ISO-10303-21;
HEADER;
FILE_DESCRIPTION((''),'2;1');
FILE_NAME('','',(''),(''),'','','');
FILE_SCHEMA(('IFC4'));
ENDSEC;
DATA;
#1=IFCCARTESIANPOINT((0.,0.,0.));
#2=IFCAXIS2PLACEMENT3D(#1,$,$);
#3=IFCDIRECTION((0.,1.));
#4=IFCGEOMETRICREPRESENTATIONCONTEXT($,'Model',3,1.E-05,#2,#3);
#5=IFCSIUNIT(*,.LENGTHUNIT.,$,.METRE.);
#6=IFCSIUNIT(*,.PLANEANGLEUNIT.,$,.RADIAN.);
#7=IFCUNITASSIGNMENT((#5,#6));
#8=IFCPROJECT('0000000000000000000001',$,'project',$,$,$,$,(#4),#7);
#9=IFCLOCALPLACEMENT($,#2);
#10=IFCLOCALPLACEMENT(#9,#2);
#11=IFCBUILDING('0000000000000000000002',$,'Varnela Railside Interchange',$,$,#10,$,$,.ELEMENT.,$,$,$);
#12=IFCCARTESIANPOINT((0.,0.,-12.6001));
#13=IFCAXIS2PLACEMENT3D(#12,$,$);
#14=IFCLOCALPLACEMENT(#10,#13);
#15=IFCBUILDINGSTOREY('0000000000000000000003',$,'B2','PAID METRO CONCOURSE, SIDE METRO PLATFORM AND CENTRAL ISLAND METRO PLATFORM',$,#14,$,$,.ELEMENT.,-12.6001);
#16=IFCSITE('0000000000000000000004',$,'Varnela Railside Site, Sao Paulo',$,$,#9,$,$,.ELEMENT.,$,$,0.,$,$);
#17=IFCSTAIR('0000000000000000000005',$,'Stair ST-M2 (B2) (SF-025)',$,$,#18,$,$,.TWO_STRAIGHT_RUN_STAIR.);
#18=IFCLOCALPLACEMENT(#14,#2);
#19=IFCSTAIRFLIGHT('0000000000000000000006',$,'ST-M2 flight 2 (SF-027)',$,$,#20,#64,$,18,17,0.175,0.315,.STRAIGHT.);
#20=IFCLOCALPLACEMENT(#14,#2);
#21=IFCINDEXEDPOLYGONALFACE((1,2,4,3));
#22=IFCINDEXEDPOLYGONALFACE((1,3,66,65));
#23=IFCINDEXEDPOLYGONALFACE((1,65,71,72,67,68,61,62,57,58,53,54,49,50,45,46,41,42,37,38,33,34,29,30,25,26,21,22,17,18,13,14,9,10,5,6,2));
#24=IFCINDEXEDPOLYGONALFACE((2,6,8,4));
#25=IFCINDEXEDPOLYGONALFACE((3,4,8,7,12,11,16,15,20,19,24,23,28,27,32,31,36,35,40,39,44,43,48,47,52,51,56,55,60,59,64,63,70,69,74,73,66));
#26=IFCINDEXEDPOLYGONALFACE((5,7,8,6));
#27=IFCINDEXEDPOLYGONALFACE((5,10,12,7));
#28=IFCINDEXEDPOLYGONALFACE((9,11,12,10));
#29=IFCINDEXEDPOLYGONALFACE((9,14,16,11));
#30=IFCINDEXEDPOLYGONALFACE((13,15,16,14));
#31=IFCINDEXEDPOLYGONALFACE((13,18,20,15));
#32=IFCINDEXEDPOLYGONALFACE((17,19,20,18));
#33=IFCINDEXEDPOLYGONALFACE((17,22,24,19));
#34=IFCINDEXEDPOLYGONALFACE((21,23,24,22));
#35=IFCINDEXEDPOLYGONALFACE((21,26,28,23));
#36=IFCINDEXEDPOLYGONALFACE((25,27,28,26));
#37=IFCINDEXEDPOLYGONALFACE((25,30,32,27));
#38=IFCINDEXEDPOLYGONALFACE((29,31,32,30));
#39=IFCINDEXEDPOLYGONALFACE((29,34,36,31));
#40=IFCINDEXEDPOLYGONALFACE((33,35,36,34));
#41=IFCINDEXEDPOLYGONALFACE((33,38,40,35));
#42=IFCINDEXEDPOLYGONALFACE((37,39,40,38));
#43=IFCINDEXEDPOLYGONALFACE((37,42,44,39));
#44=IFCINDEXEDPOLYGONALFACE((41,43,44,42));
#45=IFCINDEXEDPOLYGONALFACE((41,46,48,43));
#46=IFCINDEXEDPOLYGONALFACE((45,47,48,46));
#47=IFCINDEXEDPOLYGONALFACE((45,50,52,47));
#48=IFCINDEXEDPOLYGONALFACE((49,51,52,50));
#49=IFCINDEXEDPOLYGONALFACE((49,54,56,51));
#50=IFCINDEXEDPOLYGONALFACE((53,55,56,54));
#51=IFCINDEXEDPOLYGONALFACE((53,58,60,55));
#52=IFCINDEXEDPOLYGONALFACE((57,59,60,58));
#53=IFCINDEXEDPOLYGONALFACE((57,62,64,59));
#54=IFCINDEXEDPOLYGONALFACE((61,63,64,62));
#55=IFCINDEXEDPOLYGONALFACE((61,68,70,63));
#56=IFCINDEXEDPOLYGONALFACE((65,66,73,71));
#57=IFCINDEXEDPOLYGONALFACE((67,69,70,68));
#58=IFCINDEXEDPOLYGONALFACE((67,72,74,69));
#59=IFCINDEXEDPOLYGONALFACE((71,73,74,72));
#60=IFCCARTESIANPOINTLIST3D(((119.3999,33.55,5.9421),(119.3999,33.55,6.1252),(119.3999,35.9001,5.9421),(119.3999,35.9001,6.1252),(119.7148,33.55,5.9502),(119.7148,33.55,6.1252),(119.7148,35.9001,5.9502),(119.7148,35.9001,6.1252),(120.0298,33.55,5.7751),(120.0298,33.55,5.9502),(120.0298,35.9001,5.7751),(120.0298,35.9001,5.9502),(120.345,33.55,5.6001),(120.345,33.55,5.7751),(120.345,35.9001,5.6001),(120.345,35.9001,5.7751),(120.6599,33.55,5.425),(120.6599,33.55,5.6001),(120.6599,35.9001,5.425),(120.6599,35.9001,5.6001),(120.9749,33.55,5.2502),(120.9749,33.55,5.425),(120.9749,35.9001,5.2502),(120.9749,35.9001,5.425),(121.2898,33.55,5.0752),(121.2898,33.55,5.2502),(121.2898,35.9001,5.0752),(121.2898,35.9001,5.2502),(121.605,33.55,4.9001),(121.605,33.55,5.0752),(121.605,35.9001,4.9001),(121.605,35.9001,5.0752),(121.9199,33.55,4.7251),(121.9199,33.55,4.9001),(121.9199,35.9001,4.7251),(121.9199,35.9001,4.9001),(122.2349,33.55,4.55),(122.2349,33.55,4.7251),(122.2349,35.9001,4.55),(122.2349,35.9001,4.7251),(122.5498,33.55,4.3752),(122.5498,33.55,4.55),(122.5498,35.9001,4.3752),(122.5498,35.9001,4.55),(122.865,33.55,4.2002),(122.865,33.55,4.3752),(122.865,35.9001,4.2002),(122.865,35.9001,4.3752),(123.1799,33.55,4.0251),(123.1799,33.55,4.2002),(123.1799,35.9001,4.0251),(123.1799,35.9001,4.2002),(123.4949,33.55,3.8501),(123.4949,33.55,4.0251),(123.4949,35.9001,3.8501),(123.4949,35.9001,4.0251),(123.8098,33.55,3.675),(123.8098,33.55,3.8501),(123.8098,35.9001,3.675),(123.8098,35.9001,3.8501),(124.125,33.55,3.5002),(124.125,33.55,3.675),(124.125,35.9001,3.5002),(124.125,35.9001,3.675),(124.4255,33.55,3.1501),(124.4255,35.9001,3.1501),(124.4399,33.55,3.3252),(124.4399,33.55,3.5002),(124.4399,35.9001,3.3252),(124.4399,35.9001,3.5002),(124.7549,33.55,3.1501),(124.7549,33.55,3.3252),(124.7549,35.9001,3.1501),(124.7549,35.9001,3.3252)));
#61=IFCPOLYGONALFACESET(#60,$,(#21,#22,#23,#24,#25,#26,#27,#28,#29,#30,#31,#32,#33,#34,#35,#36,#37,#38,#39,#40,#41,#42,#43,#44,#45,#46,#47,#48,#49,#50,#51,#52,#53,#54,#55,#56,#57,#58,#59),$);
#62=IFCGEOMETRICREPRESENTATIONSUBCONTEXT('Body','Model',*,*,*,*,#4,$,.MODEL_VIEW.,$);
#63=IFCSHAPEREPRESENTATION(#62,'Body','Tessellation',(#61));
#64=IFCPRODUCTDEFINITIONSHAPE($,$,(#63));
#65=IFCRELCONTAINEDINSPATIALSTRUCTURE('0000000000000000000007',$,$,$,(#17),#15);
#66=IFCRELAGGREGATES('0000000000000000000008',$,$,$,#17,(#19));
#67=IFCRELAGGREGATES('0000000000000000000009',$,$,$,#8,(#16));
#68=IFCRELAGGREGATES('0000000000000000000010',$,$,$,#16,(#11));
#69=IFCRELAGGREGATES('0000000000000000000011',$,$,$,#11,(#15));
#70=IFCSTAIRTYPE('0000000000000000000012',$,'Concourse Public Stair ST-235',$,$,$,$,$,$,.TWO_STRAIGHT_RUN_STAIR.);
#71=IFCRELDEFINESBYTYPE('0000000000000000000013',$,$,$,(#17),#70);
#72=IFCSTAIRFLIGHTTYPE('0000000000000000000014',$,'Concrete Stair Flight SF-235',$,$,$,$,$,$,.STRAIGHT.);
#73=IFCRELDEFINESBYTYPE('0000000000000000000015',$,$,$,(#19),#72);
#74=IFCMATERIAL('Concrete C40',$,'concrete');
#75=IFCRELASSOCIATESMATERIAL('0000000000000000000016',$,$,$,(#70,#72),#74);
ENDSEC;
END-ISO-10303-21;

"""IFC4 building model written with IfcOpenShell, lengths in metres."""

from ifc_helpers import new_model, si_unit, direction, frame, origin, place, context, subcontext, project, spatial, polyline, outline, extrude, material, type_object, element, aggregate, save


model = new_model("IFC4")

# Units and contexts
model_context = context("Model", 3, precision=1e-05, world=origin(), true_north=direction((0.0, 1.0)))
body_context = subcontext(model_context, "Body", "Model", "MODEL_VIEW")
ifc_project = project(units=[si_unit("LENGTHUNIT", "METRE"), si_unit("PLANEANGLEUNIT", "RADIAN")], contexts=[model_context])

# Site, building, storey
site_placement = place(None, origin())
site = spatial("IfcSite", under=ifc_project, at=site_placement, Name="Varnela Railside Site, Sao Paulo", CompositionType="ELEMENT", RefElevation=0.0)
building_placement = place(site_placement, origin())
building = spatial("IfcBuilding", under=site, at=building_placement, Name="Varnela Railside Interchange", CompositionType="ELEMENT")
storey_placement = place(building_placement, frame((0.0, 0.0, -12.6001)))
storey = spatial("IfcBuildingStorey", under=building, at=storey_placement, Name="B2", Description="PAID METRO CONCOURSE, SIDE METRO PLATFORM AND CENTRAL ISLAND METRO PLATFORM", CompositionType="ELEMENT", Elevation=-12.6001)

# Shared definitions
ifc_material_1 = material(Name="Concrete C40", Category="concrete")

# Stair, stair flight
stair_type = type_object("IfcStairType", Name="Concourse Public Stair ST-235", PredefinedType="TWO_STRAIGHT_RUN_STAIR", material=ifc_material_1)
stair_flight_type = type_object("IfcStairFlightType", Name="Concrete Stair Flight SF-235", PredefinedType="STRAIGHT", material=ifc_material_1)
stair_1_placement = place(storey_placement, origin())
stair_1 = element("IfcStair", 1, at=stair_1_placement, inside=storey, type_object=stair_type, Name="Stair ST-M2 (B2) (SF-025)", PredefinedType="TWO_STRAIGHT_RUN_STAIR")
stair_flight_1_placement = place(storey_placement, frame((124.7549, 34.7251, 3.1501), z_axis=(0.0, 0.0, 1.0), x_axis=(-1.0, 0.0, 0.0)))
stair_flight_1 = element("IfcStairFlight", 2, at=stair_flight_1_placement, type_object=stair_flight_type, Name="ST-M2 flight 2 (SF-027)", NumberOfRisers=18, NumberOfTreads=17, PredefinedType="STRAIGHT", RiserHeight=0.175, TreadLength=0.315, context=body_context, shape_type="SweptSolid", body=[
    extrude(outline(polyline([(0.0, 0.0), (0.0, 0.175), (0.3149, 0.175), (0.3149, 0.3501), (0.6299, 0.3501), (0.6299, 0.5249), (0.9451, 0.5249), (0.9451, 0.7), (1.26, 0.7), (1.26, 0.875), (1.575, 0.875), (1.575, 1.05), (1.8899, 1.05), (1.8899, 1.2251), (2.2051, 1.2251), (2.2051, 1.3999), (2.52, 1.3999), (2.52, 1.575), (2.835, 1.575), (2.835, 1.75), (3.1499, 1.75), (3.1499, 1.925), (3.4651, 1.925), (3.4651, 2.1001), (3.78, 2.1001), (3.78, 2.2749), (4.095, 2.2749), (4.095, 2.45), (4.4099, 2.45), (4.4099, 2.625), (4.7251, 2.625), (4.7251, 2.8), (5.04, 2.8), (5.04, 2.9751), (5.355, 2.9751), (5.355, 3.1499), (5.355, 2.792), (0.3293, 0.0), (0.0, 0.0)])), frame((0.0, 1.175, 0.0), z_axis=(0.0, -1.0, 0.0), x_axis=(1.0, 0.0, 0.0)), (0.0, 0.0, 1.0), 2.3501),
])
aggregate(stair_1, [stair_flight_1])

save(model, "model.ifc")
